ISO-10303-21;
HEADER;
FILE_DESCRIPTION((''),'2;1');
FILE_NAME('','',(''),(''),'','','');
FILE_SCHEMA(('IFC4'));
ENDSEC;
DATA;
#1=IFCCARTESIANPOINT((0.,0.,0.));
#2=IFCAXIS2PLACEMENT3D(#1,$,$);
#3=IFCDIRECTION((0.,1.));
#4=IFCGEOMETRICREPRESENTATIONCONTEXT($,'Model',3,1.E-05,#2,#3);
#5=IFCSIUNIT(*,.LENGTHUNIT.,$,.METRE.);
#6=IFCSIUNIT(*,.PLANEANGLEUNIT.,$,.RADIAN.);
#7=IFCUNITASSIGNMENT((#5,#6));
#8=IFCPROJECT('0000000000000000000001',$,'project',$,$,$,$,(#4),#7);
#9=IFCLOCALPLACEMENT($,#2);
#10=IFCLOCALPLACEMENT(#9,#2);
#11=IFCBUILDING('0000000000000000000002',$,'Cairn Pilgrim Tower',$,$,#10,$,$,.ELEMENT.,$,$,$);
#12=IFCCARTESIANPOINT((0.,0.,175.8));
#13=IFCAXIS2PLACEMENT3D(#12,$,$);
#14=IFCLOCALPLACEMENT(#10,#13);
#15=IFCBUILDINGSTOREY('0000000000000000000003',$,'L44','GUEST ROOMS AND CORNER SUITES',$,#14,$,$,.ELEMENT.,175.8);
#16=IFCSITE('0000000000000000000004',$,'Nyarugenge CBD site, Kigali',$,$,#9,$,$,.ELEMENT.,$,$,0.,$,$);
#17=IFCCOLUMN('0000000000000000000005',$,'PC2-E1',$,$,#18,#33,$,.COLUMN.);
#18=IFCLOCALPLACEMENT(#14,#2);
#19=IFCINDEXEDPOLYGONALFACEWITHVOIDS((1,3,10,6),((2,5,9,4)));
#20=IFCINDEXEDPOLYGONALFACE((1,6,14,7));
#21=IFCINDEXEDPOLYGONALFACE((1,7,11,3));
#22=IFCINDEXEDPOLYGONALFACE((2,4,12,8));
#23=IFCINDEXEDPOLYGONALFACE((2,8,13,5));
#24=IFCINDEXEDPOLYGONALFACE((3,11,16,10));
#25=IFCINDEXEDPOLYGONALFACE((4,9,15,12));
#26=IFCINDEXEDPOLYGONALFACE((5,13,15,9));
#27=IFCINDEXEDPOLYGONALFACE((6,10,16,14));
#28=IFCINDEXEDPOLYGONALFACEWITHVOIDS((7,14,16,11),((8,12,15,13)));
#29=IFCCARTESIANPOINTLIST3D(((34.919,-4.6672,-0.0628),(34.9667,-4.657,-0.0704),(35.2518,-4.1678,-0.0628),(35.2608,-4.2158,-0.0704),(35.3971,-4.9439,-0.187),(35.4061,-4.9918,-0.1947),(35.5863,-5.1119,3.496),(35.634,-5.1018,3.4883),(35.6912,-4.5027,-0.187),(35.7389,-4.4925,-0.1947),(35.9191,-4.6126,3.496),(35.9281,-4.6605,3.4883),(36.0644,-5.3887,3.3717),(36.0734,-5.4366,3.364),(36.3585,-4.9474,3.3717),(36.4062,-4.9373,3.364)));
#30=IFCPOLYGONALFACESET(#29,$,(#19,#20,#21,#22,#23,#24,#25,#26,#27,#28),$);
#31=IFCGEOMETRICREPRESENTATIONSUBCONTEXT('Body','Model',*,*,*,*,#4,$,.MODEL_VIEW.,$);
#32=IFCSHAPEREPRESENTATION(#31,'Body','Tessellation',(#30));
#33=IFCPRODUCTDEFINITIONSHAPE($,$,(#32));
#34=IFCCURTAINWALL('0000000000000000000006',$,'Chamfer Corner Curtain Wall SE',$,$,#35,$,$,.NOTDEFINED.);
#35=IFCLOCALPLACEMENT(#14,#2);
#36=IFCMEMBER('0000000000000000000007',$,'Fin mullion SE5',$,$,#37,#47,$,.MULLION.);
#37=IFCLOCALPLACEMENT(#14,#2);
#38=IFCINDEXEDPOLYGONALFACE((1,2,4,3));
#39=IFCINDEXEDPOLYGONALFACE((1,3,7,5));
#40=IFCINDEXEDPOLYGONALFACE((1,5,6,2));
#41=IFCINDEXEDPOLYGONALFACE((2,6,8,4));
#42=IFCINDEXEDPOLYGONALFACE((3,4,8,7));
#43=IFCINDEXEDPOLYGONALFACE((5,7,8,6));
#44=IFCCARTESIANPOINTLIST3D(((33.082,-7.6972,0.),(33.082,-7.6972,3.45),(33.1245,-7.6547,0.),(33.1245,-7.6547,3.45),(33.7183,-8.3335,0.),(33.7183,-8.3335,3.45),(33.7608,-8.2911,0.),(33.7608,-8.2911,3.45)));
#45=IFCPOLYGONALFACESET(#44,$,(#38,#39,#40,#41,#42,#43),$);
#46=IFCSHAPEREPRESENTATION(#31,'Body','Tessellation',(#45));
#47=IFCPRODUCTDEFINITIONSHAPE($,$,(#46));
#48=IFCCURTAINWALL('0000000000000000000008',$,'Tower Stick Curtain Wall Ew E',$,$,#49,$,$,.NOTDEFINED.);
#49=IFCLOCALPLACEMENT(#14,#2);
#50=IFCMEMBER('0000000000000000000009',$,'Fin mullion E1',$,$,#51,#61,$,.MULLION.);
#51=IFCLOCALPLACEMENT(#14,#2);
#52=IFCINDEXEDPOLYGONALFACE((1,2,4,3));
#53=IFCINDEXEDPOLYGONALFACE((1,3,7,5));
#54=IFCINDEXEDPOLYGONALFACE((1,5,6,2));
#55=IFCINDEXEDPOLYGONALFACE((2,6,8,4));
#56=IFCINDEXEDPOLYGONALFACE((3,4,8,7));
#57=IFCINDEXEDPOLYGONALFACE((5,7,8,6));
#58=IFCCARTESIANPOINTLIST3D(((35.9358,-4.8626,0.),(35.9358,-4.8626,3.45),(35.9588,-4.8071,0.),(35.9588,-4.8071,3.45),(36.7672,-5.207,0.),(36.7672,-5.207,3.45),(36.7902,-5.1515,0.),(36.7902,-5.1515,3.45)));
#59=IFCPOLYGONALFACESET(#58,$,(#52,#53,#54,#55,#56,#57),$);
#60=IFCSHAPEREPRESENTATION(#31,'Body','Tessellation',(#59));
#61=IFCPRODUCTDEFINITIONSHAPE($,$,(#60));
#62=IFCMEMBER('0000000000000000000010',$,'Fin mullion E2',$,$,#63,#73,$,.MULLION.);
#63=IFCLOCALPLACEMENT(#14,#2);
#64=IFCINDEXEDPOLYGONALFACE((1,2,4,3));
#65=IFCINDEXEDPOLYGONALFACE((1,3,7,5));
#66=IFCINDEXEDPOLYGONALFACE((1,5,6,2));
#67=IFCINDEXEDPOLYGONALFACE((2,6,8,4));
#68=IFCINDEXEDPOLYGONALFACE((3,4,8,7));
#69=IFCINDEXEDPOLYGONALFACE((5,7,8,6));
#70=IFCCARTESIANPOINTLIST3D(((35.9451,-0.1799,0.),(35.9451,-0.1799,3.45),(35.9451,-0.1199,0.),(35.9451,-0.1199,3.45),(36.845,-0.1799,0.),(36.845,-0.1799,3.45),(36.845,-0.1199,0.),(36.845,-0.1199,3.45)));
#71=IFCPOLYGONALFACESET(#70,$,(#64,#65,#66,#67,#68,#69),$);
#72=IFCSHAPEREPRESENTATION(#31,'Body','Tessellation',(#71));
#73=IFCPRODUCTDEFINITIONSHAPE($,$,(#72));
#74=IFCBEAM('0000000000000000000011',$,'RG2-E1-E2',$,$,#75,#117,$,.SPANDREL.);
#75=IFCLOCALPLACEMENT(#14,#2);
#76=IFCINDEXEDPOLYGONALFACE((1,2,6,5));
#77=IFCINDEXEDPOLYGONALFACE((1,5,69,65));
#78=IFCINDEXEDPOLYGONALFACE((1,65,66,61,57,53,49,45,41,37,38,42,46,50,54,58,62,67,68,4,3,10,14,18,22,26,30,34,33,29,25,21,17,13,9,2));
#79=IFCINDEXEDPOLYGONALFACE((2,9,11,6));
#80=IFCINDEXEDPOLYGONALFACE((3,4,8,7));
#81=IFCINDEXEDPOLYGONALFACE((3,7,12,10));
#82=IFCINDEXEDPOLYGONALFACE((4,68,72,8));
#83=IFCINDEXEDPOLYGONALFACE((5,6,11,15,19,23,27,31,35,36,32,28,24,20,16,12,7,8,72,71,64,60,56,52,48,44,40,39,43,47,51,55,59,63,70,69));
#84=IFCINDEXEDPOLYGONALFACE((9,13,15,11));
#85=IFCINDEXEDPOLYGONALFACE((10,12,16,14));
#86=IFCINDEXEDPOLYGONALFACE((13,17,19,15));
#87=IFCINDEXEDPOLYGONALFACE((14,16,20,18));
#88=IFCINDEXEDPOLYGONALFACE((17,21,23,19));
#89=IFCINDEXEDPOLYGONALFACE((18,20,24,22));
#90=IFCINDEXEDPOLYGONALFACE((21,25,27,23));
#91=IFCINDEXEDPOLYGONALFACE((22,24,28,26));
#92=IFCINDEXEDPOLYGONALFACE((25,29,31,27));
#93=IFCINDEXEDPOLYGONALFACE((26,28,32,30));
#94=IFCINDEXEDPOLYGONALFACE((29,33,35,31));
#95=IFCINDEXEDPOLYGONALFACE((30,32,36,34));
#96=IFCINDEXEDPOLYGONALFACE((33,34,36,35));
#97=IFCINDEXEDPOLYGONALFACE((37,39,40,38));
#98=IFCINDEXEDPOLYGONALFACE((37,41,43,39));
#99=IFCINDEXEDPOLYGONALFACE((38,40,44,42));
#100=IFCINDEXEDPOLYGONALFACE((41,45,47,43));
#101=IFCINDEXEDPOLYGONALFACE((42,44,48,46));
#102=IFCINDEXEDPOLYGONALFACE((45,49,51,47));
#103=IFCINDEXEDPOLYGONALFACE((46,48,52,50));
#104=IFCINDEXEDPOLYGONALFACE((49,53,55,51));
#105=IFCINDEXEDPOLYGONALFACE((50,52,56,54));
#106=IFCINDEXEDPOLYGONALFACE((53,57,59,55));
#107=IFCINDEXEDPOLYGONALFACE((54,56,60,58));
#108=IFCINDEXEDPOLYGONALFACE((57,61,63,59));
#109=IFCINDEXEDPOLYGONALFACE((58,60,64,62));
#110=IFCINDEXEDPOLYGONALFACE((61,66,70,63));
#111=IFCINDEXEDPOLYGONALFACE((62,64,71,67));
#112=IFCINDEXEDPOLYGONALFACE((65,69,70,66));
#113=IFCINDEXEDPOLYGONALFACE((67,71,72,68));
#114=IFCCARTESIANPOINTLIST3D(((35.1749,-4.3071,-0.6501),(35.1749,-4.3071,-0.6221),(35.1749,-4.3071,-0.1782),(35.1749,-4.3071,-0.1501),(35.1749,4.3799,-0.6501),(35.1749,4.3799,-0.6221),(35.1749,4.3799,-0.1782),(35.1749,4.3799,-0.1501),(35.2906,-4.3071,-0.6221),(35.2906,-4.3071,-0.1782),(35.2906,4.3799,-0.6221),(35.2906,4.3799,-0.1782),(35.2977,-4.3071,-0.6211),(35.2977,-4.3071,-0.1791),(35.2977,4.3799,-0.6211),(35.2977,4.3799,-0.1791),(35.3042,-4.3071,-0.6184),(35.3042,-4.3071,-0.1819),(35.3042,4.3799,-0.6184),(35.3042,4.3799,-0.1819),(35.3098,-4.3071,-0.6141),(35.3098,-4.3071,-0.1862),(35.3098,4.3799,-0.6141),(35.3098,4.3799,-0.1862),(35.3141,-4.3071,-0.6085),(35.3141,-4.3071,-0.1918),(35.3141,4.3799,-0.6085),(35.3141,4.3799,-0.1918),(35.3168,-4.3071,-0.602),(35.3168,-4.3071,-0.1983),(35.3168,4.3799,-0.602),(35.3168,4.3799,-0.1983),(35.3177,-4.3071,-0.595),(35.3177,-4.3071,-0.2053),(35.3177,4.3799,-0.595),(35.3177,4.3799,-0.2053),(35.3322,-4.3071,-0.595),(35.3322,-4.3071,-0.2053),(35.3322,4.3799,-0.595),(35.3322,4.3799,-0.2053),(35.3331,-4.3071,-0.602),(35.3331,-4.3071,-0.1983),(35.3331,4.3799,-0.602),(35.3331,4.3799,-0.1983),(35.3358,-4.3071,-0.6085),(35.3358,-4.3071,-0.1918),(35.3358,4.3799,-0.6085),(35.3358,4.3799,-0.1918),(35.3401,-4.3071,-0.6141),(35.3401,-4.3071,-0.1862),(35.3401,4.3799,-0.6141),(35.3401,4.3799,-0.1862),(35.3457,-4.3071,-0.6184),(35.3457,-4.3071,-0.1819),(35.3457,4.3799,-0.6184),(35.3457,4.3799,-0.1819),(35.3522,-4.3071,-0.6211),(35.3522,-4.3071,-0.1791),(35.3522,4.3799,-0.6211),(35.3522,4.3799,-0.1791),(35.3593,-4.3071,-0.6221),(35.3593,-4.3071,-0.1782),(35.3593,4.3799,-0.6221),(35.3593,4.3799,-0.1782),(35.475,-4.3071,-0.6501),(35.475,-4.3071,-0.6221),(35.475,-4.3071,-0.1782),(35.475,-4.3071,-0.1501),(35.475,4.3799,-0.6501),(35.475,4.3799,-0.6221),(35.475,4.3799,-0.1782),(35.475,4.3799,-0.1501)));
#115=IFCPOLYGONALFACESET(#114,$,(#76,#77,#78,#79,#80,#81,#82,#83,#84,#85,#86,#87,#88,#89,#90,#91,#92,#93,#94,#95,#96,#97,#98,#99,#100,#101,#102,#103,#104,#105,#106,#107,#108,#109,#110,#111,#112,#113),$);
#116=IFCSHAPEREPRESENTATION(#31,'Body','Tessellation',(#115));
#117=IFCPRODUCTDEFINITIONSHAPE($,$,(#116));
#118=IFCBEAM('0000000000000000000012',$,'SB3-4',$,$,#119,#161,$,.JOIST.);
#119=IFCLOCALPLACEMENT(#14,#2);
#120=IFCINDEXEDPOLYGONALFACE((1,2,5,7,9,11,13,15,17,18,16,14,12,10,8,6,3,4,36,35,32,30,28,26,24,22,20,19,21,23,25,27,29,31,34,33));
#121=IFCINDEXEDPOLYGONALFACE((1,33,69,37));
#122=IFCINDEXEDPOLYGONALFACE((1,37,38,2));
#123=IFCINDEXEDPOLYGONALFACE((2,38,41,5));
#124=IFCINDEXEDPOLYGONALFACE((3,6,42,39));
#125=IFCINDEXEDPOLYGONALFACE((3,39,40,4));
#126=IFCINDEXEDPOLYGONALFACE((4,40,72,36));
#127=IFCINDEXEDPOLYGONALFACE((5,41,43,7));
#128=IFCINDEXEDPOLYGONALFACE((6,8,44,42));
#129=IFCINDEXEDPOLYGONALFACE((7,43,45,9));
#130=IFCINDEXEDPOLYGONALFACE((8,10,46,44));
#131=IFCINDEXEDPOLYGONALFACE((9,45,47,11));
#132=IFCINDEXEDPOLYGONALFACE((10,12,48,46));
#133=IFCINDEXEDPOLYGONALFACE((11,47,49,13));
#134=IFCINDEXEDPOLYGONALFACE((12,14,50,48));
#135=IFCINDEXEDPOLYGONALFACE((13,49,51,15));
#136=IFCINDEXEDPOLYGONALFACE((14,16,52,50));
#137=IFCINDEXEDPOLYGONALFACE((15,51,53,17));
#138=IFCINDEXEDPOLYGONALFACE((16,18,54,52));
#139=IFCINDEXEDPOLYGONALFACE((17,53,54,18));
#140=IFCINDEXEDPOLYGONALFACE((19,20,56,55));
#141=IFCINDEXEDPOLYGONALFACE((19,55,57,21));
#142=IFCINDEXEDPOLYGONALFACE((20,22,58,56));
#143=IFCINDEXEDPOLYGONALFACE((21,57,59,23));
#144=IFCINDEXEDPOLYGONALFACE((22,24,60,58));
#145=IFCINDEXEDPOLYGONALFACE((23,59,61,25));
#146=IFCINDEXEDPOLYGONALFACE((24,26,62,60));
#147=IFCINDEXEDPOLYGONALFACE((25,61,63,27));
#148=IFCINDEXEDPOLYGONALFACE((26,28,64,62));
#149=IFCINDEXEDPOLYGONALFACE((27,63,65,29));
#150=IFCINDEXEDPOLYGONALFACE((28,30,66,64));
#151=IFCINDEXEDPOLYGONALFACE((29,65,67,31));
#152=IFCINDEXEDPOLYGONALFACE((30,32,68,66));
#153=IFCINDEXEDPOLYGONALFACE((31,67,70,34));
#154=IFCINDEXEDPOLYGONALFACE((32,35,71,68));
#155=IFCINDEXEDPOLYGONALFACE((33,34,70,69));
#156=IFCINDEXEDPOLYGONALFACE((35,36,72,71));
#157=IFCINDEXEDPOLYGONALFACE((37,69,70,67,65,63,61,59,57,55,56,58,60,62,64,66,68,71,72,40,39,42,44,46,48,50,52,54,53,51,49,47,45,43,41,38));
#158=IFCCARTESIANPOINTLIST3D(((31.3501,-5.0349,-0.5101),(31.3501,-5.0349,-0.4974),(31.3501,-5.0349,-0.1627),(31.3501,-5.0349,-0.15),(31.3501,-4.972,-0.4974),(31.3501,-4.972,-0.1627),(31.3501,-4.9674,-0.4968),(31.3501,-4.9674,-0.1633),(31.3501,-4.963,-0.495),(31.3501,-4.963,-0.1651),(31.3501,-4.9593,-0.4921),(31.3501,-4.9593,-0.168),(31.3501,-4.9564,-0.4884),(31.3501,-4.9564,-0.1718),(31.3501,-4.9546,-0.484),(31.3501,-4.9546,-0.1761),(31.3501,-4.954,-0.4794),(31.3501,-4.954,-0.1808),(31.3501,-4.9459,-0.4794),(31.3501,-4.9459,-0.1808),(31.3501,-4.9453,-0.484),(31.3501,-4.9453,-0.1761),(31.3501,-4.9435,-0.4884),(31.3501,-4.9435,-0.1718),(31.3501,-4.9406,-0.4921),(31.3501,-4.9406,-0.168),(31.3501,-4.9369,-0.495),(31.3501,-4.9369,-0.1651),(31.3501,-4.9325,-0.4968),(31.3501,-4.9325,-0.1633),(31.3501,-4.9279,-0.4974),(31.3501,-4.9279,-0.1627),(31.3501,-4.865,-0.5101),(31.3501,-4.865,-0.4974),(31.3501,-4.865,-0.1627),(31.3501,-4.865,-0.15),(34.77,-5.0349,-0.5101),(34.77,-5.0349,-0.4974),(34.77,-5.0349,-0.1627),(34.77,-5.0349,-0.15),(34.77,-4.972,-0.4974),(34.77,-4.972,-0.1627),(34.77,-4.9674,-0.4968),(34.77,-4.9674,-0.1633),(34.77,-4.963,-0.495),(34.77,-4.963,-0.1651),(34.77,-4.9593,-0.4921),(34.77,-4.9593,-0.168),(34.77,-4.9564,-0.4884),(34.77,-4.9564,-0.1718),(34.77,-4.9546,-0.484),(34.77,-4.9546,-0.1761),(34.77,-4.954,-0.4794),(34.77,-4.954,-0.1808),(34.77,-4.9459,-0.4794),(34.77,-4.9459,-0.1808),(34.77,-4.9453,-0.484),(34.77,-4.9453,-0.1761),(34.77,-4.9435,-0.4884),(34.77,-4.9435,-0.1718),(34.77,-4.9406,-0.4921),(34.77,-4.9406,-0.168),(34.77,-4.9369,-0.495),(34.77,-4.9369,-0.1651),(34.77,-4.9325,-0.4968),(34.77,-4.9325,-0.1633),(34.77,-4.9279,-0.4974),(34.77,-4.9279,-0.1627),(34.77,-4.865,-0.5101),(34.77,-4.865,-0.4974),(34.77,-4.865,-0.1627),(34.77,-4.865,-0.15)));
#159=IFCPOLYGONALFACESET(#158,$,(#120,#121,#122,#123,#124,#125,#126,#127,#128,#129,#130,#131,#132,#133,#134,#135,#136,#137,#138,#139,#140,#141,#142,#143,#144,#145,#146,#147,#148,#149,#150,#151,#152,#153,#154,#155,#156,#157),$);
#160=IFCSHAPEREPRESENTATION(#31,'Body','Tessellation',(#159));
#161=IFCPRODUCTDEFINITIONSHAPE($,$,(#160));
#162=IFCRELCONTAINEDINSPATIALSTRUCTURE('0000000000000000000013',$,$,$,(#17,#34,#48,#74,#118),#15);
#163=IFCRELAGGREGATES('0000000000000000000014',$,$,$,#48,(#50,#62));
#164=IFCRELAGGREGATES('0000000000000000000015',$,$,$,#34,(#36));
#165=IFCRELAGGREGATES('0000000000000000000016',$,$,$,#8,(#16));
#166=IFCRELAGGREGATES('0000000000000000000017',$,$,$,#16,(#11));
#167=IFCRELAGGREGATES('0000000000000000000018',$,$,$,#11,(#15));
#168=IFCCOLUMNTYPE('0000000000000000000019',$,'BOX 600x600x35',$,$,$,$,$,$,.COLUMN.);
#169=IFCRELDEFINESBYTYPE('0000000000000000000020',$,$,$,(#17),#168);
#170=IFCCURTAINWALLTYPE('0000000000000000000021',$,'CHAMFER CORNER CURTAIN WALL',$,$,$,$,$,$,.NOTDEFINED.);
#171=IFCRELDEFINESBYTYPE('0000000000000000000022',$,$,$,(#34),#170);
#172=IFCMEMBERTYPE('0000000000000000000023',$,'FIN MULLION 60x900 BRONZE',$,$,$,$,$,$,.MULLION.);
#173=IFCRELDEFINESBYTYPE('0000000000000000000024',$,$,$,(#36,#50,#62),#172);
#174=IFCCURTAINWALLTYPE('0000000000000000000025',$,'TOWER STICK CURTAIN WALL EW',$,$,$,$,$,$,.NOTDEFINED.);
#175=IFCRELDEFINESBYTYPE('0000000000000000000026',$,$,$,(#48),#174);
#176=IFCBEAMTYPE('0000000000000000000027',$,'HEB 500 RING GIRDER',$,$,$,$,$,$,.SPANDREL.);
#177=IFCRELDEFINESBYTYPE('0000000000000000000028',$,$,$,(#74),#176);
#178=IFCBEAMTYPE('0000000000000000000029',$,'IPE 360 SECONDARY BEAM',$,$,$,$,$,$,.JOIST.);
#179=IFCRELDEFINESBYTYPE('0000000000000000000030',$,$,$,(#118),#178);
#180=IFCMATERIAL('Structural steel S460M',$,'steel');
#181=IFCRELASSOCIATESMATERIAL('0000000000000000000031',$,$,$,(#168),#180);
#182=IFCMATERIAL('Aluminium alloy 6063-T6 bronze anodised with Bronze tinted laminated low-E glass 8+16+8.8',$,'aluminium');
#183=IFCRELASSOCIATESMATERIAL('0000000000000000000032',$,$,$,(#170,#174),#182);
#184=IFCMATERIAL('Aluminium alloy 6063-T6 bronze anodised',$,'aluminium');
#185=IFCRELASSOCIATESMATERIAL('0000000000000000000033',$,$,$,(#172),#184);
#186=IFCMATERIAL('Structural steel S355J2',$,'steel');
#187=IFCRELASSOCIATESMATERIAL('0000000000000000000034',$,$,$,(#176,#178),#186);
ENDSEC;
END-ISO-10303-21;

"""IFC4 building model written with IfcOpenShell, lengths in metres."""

from ifc_helpers import new_model, si_unit, direction, frame, origin, origin_2d, place, context, subcontext, project, spatial, rectangle, hollow_rectangle, i_section, extrude, clip, halfspace, material, material_profile, profile_set, type_object, element, aggregate, save


model = new_model("IFC4")

# Units and contexts
model_context = context("Model", 3, precision=1e-05, world=origin(), true_north=direction((0.0, 1.0)))
body_context = subcontext(model_context, "Body", "Model", "MODEL_VIEW")
ifc_project = project(units=[si_unit("LENGTHUNIT", "METRE"), si_unit("PLANEANGLEUNIT", "RADIAN")], contexts=[model_context])

# Site, building, storey
site_placement = place(None, origin())
site = spatial("IfcSite", under=ifc_project, at=site_placement, Name="Nyarugenge CBD site, Kigali", CompositionType="ELEMENT", RefElevation=0.0)
building_placement = place(site_placement, origin())
building = spatial("IfcBuilding", under=site, at=building_placement, Name="Cairn Pilgrim Tower", CompositionType="ELEMENT")
storey_placement = place(building_placement, frame((0.0, 0.0, 175.8)))
storey = spatial("IfcBuildingStorey", under=building, at=storey_placement, Name="L44", Description="GUEST ROOMS AND CORNER SUITES", CompositionType="ELEMENT", Elevation=175.8)

# Column
ifc_material_1 = material(Name="Structural steel S460M", Category="steel")
ifc_material_profile_1 = material_profile(ifc_material_1, hollow_rectangle(XDim=0.6001, YDim=0.6001, WallThickness=0.0349, at=origin_2d()), Name="BOX 600x600x35")
ifc_profile_set_1 = profile_set([ifc_material_profile_1], Name="Structural steel S460M")
column_type = type_object("IfcColumnType", Name="BOX 600x600x35", PredefinedType="COLUMN", material=ifc_profile_set_1)
column_placement = place(storey_placement, frame((35.325, -4.5771, -0.1501), z_axis=(0.182922, -0.121926, 0.975538), x_axis=(0.554631, 0.832097, 0.0)))
element("IfcColumn", 1, at=column_placement, inside=storey, type_object=column_type, Name="PC2-E1", PredefinedType="COLUMN", context=body_context, shape_type="Clipping", body=[
    clip(clip(extrude(hollow_rectangle(XDim=0.6001, YDim=0.6001, WallThickness=0.0349, at=origin_2d()), origin(), (0.0, 0.0, 1.0), 3.6904), halfspace(frame((0.0, 0.0, 0.022), z_axis=(0.0, 0.0, 1.0), x_axis=(1.0, 0.0, 0.0)), True)), halfspace(frame((0.0, 0.0, 3.6699), z_axis=(0.0, 0.0, 1.0), x_axis=(1.0, 0.0, 0.0)), False)),
])

# Curtain wall, member
ifc_material_2 = material(Name="Aluminium alloy 6063-T6 bronze anodised with Bronze tinted laminated low-E glass 8+16+8.8", Category="aluminium")
curtain_wall_type_1 = type_object("IfcCurtainWallType", Name="CHAMFER CORNER CURTAIN WALL", PredefinedType="NOTDEFINED", material=ifc_material_2)
curtain_wall_1_placement = place(storey_placement, origin())
curtain_wall_1 = element("IfcCurtainWall", 2, at=curtain_wall_1_placement, inside=storey, type_object=curtain_wall_type_1, Name="Chamfer Corner Curtain Wall SE", PredefinedType="NOTDEFINED")
ifc_material_3 = material(Name="Aluminium alloy 6063-T6 bronze anodised", Category="aluminium")
ifc_material_profile_2 = material_profile(ifc_material_3, rectangle(XDim=0.8999, YDim=0.0601, at=origin_2d()), Name="FIN MULLION 60x900 BRONZE")
ifc_profile_set_2 = profile_set([ifc_material_profile_2], Name="Aluminium alloy 6063-T6 bronze anodised")
member_type_1 = type_object("IfcMemberType", Name="FIN MULLION 60x900 BRONZE", PredefinedType="MULLION", material=ifc_profile_set_2)
member_1_placement = place(storey_placement, frame((33.4214, -7.9941, 0.0), z_axis=(0.0, 0.0, 1.0), x_axis=(0.707107, -0.707107, 0.0)))
member_1 = element("IfcMember", 3, at=member_1_placement, type_object=member_type_1, Name="Fin mullion SE5", PredefinedType="MULLION", context=body_context, shape_type="SweptSolid", body=[
    extrude(rectangle(XDim=0.8999, YDim=0.0601, at=origin_2d()), origin(), (0.0, 0.0, 1.0), 3.45),
])

# Curtain wall, members
curtain_wall_type_2 = type_object("IfcCurtainWallType", Name="TOWER STICK CURTAIN WALL EW", PredefinedType="NOTDEFINED", material=ifc_material_2)
curtain_wall_2_placement = place(storey_placement, origin())
curtain_wall_2 = element("IfcCurtainWall", 4, at=curtain_wall_2_placement, inside=storey, type_object=curtain_wall_type_2, Name="Tower Stick Curtain Wall Ew E", PredefinedType="NOTDEFINED")
member_2_placement = place(storey_placement, frame((36.363, -5.0071, 0.0), z_axis=(0.0, 0.0, 1.0), x_axis=(0.92388, -0.382683, 0.0)))
member_2 = element("IfcMember", 5, at=member_2_placement, type_object=member_type_1, Name="Fin mullion E1", PredefinedType="MULLION", context=body_context, shape_type="SweptSolid", body=[
    extrude(rectangle(XDim=0.8999, YDim=0.0601, at=origin_2d()), origin(), (0.0, 0.0, 1.0), 3.45),
])
member_3_placement = place(storey_placement, frame((36.395, -0.1499, 0.0), z_axis=(0.0, 0.0, 1.0), x_axis=(1.0, 0.0, 0.0)))
member_3 = element("IfcMember", 6, at=member_3_placement, type_object=member_type_1, Name="Fin mullion E2", PredefinedType="MULLION", context=body_context, shape_type="SweptSolid", body=[
    extrude(rectangle(XDim=0.8999, YDim=0.0601, at=origin_2d()), origin(), (0.0, 0.0, 1.0), 3.45),
])
aggregate(curtain_wall_2, [member_2, member_3])

# Beams
ifc_material_4 = material(Name="Structural steel S355J2", Category="steel")
ifc_material_profile_3 = material_profile(ifc_material_4, i_section(OverallWidth=0.3, OverallDepth=0.5, WebThickness=0.0144, FlangeThickness=0.0281, FilletRadius=0.0271, at=origin_2d()), Name="HEB 500")
ifc_profile_set_3 = profile_set([ifc_material_profile_3], Name="Structural steel S355J2")
beam_type_1 = type_object("IfcBeamType", Name="HEB 500 RING GIRDER", PredefinedType="SPANDREL", material=ifc_profile_set_3)
beam_1_placement = place(storey_placement, frame((35.325, -4.3071, -0.4001), z_axis=(0.0, 1.0, 0.0), x_axis=(-1.0, 0.0, 0.0)))
element("IfcBeam", 7, at=beam_1_placement, inside=storey, type_object=beam_type_1, Name="RG2-E1-E2", PredefinedType="SPANDREL", context=body_context, shape_type="SweptSolid", body=[
    extrude(i_section(OverallWidth=0.3, OverallDepth=0.5, WebThickness=0.0144, FlangeThickness=0.0281, FilletRadius=0.0271, at=origin_2d()), origin(), (0.0, 0.0, 1.0), 8.687),
])
ifc_material_profile_4 = material_profile(ifc_material_4, i_section(OverallWidth=0.1699, OverallDepth=0.3601, WebThickness=0.0081, FlangeThickness=0.0127, FilletRadius=0.0181, at=origin_2d()), Name="IPE 360")
ifc_profile_set_4 = profile_set([ifc_material_profile_4], Name="Structural steel S355J2")
beam_type_2 = type_object("IfcBeamType", Name="IPE 360 SECONDARY BEAM", PredefinedType="JOIST", material=ifc_profile_set_4)
beam_2_placement = place(storey_placement, frame((31.3501, -4.95, -0.3301), z_axis=(1.0, 0.0, 0.0), x_axis=(0.0, 1.0, 0.0)))
element("IfcBeam", 8, at=beam_2_placement, inside=storey, type_object=beam_type_2, Name="SB3-4", PredefinedType="JOIST", context=body_context, shape_type="SweptSolid", body=[
    extrude(i_section(OverallWidth=0.1699, OverallDepth=0.3601, WebThickness=0.0081, FlangeThickness=0.0127, FilletRadius=0.0181, at=origin_2d()), origin(), (0.0, 0.0, 1.0), 3.4199),
])

aggregate(curtain_wall_1, [member_1])

save(model, "model.ifc")
